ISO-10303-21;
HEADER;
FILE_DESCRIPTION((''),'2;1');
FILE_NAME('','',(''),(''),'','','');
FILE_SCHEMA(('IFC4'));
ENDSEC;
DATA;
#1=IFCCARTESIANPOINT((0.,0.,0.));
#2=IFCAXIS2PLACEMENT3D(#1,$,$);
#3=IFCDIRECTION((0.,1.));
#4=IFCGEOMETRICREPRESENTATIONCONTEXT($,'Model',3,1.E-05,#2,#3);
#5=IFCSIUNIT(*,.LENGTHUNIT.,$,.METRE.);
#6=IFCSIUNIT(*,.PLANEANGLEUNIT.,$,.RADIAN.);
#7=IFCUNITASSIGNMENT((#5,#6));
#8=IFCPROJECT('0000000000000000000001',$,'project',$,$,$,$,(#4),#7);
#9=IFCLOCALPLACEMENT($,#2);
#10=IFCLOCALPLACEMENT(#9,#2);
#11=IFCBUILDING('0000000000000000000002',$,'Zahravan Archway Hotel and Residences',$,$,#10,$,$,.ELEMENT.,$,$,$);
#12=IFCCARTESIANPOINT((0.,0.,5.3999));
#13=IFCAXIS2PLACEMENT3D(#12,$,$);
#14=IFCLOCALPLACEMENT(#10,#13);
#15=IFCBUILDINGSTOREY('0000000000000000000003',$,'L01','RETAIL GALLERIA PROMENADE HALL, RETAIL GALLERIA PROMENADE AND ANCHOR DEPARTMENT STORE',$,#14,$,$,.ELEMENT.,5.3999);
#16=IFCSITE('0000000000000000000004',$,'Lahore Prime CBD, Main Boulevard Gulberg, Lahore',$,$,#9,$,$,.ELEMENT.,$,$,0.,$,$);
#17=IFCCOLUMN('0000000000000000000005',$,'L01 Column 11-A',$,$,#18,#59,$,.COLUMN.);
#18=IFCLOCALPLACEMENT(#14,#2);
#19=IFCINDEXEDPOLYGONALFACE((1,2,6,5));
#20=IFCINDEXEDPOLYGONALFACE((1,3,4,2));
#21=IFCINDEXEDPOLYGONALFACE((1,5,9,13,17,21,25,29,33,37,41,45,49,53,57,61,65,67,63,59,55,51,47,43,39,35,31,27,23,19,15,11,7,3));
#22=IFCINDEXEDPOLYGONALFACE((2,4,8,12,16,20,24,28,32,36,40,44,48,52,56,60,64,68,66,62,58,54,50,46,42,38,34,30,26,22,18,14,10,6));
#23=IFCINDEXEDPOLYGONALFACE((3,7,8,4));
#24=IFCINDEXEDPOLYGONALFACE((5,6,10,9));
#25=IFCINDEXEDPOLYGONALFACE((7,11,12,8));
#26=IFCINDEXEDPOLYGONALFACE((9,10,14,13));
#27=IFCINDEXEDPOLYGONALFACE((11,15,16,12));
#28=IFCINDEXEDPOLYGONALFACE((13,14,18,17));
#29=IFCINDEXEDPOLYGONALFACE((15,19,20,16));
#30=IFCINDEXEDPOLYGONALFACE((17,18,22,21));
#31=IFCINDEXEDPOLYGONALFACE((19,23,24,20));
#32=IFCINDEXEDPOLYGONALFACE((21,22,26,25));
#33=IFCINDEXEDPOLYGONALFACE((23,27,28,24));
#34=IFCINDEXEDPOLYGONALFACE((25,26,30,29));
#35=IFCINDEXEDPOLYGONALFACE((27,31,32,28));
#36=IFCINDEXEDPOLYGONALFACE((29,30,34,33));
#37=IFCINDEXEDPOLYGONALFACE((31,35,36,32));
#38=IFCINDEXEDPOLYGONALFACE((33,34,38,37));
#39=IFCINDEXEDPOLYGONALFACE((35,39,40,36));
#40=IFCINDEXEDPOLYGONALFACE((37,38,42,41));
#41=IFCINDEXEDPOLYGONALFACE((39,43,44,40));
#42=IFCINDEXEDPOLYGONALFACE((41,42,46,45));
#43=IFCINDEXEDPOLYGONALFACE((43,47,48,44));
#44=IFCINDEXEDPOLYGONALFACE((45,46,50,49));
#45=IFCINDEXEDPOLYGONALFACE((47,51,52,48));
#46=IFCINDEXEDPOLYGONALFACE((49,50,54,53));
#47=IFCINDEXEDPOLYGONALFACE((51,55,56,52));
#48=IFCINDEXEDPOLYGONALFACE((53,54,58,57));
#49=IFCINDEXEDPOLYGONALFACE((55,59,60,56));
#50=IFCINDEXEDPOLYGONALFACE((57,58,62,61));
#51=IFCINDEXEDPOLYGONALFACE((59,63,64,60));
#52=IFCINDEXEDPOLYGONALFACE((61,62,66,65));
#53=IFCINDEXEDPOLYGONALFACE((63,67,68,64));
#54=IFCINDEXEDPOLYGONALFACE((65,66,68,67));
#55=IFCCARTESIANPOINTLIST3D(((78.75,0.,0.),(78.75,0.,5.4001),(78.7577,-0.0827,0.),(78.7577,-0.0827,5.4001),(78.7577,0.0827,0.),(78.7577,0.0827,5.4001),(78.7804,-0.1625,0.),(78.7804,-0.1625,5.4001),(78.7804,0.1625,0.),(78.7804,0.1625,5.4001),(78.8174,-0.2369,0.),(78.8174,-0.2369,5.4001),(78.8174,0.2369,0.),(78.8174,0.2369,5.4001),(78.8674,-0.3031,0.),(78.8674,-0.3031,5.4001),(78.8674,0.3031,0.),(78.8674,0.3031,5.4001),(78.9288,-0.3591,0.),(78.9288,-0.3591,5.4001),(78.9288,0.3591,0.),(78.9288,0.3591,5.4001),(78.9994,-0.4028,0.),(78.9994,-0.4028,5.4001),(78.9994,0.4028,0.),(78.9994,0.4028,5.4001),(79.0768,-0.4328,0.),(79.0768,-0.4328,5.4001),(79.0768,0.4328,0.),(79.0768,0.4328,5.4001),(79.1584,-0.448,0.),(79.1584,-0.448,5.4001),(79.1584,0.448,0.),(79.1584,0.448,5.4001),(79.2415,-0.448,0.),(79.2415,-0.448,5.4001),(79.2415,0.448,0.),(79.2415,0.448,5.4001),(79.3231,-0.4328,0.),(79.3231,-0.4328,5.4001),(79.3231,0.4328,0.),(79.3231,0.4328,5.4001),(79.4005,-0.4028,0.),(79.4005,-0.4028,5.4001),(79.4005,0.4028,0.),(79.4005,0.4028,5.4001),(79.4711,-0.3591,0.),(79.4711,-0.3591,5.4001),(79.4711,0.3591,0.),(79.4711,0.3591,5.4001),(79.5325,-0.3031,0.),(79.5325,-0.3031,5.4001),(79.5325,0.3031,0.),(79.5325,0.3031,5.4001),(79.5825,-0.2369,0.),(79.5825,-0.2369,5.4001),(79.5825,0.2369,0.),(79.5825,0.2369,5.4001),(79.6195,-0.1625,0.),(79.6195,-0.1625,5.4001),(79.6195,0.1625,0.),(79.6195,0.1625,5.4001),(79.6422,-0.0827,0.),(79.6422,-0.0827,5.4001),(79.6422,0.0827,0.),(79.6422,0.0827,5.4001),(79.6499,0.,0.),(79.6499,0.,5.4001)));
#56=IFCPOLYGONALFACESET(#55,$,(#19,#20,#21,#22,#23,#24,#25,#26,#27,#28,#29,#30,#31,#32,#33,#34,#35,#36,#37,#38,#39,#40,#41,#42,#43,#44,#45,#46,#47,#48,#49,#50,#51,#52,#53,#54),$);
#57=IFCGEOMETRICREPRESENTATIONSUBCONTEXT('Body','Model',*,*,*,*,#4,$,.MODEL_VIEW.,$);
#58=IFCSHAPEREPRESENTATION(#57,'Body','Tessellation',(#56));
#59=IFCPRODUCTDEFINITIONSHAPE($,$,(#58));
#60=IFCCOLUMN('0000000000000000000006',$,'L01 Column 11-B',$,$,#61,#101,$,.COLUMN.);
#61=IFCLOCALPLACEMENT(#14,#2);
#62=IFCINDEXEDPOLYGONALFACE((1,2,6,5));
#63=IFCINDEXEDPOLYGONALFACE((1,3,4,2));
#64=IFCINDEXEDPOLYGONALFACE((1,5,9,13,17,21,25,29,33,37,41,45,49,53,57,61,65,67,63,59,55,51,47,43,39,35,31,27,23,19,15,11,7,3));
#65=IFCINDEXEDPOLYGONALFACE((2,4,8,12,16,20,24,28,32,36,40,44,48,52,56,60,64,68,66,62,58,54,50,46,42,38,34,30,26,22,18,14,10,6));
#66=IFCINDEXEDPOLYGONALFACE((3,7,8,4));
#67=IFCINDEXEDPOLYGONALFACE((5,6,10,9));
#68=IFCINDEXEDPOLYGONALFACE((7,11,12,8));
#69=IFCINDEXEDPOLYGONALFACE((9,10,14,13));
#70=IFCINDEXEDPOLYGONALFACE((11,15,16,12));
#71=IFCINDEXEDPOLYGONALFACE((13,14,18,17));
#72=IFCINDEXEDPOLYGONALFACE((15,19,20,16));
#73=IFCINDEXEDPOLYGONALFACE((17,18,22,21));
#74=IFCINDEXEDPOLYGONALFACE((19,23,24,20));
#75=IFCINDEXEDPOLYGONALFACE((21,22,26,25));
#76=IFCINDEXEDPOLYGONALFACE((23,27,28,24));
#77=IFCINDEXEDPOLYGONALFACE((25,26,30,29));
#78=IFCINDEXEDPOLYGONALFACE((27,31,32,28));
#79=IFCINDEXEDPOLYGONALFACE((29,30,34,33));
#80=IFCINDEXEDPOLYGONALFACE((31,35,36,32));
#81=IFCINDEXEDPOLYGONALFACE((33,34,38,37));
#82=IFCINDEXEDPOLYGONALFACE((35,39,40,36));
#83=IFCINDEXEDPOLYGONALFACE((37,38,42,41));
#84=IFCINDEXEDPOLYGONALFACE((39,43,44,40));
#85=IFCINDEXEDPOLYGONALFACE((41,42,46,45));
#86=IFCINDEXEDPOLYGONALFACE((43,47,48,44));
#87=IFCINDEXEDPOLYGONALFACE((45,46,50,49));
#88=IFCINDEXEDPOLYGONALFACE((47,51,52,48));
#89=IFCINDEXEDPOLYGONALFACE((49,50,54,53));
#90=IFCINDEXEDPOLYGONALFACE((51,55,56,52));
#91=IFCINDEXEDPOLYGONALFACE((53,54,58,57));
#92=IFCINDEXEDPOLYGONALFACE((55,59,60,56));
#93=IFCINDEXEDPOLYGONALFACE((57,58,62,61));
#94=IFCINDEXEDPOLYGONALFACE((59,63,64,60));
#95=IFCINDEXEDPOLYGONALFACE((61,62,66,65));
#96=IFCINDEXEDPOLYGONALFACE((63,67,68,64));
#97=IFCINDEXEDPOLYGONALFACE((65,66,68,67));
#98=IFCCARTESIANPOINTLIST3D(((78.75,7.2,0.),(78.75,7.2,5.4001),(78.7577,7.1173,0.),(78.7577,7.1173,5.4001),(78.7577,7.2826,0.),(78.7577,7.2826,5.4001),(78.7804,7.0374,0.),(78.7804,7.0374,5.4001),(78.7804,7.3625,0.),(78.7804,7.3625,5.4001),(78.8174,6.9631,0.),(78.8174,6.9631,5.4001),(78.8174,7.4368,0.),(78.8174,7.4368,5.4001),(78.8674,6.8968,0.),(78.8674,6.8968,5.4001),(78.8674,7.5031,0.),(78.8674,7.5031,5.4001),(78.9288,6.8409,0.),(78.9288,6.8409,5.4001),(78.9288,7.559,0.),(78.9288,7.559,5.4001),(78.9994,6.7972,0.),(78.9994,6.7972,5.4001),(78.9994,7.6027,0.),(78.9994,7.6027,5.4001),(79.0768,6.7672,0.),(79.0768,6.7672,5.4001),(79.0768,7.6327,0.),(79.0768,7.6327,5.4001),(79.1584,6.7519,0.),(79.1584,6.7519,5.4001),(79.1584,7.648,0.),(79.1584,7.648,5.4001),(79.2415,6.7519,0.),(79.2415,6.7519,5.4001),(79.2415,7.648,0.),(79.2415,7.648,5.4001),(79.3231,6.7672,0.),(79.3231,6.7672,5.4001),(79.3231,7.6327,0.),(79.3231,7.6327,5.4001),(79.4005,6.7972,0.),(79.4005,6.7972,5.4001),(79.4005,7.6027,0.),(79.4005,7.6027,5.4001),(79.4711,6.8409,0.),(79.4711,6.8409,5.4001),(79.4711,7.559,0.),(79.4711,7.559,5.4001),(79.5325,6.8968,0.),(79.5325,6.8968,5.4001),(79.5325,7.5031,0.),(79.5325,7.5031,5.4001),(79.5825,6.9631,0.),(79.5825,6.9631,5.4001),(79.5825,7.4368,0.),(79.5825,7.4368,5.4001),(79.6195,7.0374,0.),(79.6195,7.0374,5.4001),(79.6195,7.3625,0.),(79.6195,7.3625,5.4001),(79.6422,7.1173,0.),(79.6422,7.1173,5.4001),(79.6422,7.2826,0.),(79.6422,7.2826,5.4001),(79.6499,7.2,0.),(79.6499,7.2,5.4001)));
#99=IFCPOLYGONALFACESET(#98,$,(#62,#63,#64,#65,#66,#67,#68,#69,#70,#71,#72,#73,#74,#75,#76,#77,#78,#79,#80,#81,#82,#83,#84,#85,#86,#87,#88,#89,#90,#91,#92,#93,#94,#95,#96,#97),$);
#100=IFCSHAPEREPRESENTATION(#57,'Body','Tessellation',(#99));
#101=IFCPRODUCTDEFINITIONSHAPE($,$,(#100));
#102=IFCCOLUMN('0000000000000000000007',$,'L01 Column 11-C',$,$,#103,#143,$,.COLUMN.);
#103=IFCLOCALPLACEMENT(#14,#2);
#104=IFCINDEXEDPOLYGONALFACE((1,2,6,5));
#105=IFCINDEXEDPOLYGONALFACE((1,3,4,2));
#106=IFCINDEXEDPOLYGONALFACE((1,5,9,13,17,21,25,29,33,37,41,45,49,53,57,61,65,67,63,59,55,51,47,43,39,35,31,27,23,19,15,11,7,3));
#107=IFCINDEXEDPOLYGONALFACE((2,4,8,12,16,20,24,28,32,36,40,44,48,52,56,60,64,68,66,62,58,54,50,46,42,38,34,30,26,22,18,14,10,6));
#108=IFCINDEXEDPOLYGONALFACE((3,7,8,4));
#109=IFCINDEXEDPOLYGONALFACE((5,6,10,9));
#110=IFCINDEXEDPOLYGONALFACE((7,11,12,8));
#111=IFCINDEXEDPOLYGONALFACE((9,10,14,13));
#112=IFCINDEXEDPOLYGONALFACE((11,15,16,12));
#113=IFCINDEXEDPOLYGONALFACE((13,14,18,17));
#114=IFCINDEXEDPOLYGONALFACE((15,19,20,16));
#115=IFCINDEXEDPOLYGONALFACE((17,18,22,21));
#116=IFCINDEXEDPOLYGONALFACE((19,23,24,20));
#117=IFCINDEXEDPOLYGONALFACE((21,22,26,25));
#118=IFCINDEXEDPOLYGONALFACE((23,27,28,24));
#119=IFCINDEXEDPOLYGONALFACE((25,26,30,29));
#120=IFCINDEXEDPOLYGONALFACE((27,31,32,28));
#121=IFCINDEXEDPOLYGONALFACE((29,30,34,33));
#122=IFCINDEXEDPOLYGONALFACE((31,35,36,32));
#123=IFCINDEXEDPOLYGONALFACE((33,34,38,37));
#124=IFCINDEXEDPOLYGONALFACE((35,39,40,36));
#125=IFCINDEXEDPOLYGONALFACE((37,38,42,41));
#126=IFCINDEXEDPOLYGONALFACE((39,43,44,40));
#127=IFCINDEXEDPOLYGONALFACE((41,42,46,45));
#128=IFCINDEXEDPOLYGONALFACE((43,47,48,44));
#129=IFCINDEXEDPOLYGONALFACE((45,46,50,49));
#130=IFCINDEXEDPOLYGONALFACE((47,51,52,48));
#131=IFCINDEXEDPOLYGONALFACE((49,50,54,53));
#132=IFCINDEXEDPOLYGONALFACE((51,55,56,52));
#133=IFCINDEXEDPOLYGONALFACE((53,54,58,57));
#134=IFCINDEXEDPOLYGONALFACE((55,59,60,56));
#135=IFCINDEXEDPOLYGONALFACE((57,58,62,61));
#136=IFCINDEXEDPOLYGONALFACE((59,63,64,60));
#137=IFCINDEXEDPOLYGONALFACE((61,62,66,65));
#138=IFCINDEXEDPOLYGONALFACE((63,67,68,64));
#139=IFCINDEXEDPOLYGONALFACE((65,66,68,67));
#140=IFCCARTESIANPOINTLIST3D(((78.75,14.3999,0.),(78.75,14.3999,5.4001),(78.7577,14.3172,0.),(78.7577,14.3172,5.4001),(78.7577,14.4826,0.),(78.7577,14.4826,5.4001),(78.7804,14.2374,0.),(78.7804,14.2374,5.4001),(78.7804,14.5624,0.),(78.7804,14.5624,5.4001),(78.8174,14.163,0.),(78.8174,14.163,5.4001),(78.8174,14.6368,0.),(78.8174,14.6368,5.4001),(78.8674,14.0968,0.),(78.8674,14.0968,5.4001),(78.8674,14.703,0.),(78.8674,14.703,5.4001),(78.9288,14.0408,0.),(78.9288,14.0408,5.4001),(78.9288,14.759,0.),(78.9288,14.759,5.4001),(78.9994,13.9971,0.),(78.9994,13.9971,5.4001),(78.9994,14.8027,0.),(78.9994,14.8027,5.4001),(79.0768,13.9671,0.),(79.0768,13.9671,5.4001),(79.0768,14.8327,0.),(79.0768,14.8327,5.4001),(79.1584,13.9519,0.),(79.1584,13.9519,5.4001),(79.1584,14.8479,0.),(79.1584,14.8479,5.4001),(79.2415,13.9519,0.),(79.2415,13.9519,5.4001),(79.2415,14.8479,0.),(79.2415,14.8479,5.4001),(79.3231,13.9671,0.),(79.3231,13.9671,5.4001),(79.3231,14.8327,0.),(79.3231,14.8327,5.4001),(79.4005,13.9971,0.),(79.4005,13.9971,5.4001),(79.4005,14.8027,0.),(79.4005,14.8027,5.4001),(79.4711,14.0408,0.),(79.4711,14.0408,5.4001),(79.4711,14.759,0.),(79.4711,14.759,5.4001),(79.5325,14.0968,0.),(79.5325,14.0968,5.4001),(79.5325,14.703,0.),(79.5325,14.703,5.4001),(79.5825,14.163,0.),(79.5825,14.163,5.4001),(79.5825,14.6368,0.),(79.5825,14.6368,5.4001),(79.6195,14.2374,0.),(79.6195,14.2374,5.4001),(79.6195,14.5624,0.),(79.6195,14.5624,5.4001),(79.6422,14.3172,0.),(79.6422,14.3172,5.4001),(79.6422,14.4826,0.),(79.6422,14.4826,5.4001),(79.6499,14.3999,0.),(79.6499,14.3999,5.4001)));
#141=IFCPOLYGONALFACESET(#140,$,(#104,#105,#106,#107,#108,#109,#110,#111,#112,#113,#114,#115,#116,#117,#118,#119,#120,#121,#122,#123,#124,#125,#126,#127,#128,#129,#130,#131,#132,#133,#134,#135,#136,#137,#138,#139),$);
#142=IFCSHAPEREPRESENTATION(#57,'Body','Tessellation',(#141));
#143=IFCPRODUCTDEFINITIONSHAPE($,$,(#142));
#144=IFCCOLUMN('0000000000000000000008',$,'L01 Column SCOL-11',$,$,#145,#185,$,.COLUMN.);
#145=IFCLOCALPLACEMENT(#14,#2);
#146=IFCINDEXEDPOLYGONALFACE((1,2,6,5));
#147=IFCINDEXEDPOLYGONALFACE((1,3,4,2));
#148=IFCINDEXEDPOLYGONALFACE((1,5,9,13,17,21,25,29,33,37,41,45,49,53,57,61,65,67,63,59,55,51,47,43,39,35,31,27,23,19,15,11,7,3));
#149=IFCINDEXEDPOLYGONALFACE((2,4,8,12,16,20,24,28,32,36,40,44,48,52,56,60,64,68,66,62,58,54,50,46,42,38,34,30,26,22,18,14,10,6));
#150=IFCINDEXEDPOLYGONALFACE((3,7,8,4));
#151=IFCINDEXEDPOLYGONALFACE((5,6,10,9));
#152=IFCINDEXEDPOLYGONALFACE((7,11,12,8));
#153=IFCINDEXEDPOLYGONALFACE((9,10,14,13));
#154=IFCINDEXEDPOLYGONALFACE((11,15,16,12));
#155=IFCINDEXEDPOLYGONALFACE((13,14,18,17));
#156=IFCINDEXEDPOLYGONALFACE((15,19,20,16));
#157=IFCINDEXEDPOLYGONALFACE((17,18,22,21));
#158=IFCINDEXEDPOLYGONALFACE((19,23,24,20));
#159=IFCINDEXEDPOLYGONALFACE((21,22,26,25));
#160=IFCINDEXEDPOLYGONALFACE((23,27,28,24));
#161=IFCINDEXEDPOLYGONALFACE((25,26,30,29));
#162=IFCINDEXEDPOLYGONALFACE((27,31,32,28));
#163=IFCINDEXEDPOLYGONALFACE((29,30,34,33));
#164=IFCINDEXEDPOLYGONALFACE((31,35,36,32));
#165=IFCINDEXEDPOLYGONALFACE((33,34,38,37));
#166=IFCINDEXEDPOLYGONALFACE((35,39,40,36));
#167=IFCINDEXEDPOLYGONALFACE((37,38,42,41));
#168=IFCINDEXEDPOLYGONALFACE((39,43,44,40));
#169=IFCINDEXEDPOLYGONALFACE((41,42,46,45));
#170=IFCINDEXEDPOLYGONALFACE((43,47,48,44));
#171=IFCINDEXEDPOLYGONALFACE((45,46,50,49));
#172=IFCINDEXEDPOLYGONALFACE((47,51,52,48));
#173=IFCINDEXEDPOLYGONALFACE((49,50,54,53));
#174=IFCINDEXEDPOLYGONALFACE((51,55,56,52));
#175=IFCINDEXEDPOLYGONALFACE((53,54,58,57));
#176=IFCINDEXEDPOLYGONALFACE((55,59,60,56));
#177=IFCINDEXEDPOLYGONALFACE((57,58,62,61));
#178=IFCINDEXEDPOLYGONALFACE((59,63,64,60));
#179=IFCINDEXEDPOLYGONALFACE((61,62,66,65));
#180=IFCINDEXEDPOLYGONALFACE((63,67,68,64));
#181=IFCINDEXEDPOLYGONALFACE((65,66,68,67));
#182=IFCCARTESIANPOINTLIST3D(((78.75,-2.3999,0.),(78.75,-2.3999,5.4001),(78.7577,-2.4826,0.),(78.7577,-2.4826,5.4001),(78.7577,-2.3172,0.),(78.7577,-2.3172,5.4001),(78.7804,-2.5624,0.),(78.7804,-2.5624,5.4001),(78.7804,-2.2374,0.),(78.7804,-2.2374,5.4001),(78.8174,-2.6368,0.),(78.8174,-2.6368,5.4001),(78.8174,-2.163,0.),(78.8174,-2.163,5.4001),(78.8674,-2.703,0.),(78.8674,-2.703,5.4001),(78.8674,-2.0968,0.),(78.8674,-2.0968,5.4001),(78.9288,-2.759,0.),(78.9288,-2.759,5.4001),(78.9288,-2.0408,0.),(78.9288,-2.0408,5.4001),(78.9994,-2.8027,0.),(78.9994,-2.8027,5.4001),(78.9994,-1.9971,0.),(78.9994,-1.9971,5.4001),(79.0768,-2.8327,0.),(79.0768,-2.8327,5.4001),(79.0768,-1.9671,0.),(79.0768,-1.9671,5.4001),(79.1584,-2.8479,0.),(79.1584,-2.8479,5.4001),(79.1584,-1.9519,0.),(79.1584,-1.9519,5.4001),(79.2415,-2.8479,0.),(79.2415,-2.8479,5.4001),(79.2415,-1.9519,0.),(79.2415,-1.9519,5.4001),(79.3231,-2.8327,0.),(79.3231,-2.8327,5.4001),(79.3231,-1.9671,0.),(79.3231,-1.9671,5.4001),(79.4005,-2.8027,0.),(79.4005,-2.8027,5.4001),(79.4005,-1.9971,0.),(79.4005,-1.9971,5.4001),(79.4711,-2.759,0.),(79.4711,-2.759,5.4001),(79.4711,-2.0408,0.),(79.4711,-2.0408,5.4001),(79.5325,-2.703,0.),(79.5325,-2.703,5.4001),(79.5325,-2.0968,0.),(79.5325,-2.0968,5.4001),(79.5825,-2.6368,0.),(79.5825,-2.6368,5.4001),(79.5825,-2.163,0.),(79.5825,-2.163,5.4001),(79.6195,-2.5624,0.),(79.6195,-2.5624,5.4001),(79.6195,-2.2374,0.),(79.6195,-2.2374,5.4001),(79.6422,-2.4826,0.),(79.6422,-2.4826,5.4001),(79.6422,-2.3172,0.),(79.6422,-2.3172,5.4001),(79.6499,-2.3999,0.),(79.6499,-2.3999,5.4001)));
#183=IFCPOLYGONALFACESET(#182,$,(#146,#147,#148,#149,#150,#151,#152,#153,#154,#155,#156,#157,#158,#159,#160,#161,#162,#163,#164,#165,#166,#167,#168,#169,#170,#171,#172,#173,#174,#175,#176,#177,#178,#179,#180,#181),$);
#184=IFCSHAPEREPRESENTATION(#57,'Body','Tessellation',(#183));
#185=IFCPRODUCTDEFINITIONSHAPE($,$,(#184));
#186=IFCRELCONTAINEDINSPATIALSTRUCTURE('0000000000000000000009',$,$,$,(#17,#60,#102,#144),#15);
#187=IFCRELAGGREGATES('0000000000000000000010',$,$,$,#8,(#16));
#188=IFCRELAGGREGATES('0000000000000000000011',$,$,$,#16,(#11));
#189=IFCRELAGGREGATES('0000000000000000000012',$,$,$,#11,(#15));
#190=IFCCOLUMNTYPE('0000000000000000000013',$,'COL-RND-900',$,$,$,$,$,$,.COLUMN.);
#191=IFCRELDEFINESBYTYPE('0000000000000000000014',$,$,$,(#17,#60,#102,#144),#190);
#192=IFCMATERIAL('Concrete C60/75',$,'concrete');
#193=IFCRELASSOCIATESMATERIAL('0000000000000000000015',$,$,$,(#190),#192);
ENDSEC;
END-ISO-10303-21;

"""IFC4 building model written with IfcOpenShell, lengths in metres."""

from ifc_helpers import new_model, si_unit, direction, frame, origin, origin_2d, place, context, subcontext, project, spatial, circle, extrude, source, transform, mapped, material, material_profile, profile_set, type_object, element, save


model = new_model("IFC4")

# Units and contexts
model_context = context("Model", 3, precision=1e-05, world=origin(), true_north=direction((0.0, 1.0)))
body_context = subcontext(model_context, "Body", "Model", "MODEL_VIEW")
ifc_project = project(units=[si_unit("LENGTHUNIT", "METRE"), si_unit("PLANEANGLEUNIT", "RADIAN")], contexts=[model_context])

# Site, building, storey
site_placement = place(None, origin())
site = spatial("IfcSite", under=ifc_project, at=site_placement, Name="Lahore Prime CBD, Main Boulevard Gulberg, Lahore", CompositionType="ELEMENT", RefElevation=0.0)
building_placement = place(site_placement, origin())
building = spatial("IfcBuilding", under=site, at=building_placement, Name="Zahravan Archway Hotel and Residences", CompositionType="ELEMENT")
storey_placement = place(building_placement, frame((0.0, 0.0, 5.3999)))
storey = spatial("IfcBuildingStorey", under=building, at=storey_placement, Name="L01", Description="RETAIL GALLERIA PROMENADE HALL, RETAIL GALLERIA PROMENADE AND ANCHOR DEPARTMENT STORE", CompositionType="ELEMENT", Elevation=5.3999)

# Columns
ifc_material_1 = material(Name="Concrete C60/75", Category="concrete")
ifc_material_profile_1 = material_profile(ifc_material_1, circle(Radius=0.45, at=origin_2d()), Name="RC-CIRC-900", Category="concrete")
ifc_profile_set_1 = profile_set([ifc_material_profile_1], Name="Concrete C60/75")
column_type_1 = type_object("IfcColumnType", Name="COL-RND-900", PredefinedType="COLUMN", material=ifc_profile_set_1)
shared_shape_1 = source(origin(), body_context, "Body", "SweptSolid", [
    extrude(circle(Radius=0.45, at=origin_2d()), origin(), (0.0, 0.0, 1.0), 5.4001),
])
for number, where, z_axis, x_axis, name in (
    (1, (79.2, 0.0, 0.0), (0.0, 0.0, 1.0), (1.0, 0.0, 0.0), "L01 Column 11-A"),
    (2, (79.2, 7.2, 0.0), (0.0, 0.0, 1.0), (1.0, 0.0, 0.0), "L01 Column 11-B"),
    (3, (79.2, 14.3999, 0.0), (0.0, 0.0, 1.0), (1.0, 0.0, 0.0), "L01 Column 11-C"),
    (4, (79.2, -2.3999, 0.0), (0.0, 0.0, 1.0), (1.0, 0.0, 0.0), "L01 Column SCOL-11"),
):
    element("IfcColumn", number, at=place(storey_placement, frame(where, z_axis=z_axis, x_axis=x_axis)), inside=storey, type_object=column_type_1, Name=name, PredefinedType="COLUMN", context=body_context, shape_type="MappedRepresentation", body=[
        mapped(shared_shape_1, transform((0.0, 0.0, 0.0), scale=1.0)),
    ])

save(model, "model.ifc")
